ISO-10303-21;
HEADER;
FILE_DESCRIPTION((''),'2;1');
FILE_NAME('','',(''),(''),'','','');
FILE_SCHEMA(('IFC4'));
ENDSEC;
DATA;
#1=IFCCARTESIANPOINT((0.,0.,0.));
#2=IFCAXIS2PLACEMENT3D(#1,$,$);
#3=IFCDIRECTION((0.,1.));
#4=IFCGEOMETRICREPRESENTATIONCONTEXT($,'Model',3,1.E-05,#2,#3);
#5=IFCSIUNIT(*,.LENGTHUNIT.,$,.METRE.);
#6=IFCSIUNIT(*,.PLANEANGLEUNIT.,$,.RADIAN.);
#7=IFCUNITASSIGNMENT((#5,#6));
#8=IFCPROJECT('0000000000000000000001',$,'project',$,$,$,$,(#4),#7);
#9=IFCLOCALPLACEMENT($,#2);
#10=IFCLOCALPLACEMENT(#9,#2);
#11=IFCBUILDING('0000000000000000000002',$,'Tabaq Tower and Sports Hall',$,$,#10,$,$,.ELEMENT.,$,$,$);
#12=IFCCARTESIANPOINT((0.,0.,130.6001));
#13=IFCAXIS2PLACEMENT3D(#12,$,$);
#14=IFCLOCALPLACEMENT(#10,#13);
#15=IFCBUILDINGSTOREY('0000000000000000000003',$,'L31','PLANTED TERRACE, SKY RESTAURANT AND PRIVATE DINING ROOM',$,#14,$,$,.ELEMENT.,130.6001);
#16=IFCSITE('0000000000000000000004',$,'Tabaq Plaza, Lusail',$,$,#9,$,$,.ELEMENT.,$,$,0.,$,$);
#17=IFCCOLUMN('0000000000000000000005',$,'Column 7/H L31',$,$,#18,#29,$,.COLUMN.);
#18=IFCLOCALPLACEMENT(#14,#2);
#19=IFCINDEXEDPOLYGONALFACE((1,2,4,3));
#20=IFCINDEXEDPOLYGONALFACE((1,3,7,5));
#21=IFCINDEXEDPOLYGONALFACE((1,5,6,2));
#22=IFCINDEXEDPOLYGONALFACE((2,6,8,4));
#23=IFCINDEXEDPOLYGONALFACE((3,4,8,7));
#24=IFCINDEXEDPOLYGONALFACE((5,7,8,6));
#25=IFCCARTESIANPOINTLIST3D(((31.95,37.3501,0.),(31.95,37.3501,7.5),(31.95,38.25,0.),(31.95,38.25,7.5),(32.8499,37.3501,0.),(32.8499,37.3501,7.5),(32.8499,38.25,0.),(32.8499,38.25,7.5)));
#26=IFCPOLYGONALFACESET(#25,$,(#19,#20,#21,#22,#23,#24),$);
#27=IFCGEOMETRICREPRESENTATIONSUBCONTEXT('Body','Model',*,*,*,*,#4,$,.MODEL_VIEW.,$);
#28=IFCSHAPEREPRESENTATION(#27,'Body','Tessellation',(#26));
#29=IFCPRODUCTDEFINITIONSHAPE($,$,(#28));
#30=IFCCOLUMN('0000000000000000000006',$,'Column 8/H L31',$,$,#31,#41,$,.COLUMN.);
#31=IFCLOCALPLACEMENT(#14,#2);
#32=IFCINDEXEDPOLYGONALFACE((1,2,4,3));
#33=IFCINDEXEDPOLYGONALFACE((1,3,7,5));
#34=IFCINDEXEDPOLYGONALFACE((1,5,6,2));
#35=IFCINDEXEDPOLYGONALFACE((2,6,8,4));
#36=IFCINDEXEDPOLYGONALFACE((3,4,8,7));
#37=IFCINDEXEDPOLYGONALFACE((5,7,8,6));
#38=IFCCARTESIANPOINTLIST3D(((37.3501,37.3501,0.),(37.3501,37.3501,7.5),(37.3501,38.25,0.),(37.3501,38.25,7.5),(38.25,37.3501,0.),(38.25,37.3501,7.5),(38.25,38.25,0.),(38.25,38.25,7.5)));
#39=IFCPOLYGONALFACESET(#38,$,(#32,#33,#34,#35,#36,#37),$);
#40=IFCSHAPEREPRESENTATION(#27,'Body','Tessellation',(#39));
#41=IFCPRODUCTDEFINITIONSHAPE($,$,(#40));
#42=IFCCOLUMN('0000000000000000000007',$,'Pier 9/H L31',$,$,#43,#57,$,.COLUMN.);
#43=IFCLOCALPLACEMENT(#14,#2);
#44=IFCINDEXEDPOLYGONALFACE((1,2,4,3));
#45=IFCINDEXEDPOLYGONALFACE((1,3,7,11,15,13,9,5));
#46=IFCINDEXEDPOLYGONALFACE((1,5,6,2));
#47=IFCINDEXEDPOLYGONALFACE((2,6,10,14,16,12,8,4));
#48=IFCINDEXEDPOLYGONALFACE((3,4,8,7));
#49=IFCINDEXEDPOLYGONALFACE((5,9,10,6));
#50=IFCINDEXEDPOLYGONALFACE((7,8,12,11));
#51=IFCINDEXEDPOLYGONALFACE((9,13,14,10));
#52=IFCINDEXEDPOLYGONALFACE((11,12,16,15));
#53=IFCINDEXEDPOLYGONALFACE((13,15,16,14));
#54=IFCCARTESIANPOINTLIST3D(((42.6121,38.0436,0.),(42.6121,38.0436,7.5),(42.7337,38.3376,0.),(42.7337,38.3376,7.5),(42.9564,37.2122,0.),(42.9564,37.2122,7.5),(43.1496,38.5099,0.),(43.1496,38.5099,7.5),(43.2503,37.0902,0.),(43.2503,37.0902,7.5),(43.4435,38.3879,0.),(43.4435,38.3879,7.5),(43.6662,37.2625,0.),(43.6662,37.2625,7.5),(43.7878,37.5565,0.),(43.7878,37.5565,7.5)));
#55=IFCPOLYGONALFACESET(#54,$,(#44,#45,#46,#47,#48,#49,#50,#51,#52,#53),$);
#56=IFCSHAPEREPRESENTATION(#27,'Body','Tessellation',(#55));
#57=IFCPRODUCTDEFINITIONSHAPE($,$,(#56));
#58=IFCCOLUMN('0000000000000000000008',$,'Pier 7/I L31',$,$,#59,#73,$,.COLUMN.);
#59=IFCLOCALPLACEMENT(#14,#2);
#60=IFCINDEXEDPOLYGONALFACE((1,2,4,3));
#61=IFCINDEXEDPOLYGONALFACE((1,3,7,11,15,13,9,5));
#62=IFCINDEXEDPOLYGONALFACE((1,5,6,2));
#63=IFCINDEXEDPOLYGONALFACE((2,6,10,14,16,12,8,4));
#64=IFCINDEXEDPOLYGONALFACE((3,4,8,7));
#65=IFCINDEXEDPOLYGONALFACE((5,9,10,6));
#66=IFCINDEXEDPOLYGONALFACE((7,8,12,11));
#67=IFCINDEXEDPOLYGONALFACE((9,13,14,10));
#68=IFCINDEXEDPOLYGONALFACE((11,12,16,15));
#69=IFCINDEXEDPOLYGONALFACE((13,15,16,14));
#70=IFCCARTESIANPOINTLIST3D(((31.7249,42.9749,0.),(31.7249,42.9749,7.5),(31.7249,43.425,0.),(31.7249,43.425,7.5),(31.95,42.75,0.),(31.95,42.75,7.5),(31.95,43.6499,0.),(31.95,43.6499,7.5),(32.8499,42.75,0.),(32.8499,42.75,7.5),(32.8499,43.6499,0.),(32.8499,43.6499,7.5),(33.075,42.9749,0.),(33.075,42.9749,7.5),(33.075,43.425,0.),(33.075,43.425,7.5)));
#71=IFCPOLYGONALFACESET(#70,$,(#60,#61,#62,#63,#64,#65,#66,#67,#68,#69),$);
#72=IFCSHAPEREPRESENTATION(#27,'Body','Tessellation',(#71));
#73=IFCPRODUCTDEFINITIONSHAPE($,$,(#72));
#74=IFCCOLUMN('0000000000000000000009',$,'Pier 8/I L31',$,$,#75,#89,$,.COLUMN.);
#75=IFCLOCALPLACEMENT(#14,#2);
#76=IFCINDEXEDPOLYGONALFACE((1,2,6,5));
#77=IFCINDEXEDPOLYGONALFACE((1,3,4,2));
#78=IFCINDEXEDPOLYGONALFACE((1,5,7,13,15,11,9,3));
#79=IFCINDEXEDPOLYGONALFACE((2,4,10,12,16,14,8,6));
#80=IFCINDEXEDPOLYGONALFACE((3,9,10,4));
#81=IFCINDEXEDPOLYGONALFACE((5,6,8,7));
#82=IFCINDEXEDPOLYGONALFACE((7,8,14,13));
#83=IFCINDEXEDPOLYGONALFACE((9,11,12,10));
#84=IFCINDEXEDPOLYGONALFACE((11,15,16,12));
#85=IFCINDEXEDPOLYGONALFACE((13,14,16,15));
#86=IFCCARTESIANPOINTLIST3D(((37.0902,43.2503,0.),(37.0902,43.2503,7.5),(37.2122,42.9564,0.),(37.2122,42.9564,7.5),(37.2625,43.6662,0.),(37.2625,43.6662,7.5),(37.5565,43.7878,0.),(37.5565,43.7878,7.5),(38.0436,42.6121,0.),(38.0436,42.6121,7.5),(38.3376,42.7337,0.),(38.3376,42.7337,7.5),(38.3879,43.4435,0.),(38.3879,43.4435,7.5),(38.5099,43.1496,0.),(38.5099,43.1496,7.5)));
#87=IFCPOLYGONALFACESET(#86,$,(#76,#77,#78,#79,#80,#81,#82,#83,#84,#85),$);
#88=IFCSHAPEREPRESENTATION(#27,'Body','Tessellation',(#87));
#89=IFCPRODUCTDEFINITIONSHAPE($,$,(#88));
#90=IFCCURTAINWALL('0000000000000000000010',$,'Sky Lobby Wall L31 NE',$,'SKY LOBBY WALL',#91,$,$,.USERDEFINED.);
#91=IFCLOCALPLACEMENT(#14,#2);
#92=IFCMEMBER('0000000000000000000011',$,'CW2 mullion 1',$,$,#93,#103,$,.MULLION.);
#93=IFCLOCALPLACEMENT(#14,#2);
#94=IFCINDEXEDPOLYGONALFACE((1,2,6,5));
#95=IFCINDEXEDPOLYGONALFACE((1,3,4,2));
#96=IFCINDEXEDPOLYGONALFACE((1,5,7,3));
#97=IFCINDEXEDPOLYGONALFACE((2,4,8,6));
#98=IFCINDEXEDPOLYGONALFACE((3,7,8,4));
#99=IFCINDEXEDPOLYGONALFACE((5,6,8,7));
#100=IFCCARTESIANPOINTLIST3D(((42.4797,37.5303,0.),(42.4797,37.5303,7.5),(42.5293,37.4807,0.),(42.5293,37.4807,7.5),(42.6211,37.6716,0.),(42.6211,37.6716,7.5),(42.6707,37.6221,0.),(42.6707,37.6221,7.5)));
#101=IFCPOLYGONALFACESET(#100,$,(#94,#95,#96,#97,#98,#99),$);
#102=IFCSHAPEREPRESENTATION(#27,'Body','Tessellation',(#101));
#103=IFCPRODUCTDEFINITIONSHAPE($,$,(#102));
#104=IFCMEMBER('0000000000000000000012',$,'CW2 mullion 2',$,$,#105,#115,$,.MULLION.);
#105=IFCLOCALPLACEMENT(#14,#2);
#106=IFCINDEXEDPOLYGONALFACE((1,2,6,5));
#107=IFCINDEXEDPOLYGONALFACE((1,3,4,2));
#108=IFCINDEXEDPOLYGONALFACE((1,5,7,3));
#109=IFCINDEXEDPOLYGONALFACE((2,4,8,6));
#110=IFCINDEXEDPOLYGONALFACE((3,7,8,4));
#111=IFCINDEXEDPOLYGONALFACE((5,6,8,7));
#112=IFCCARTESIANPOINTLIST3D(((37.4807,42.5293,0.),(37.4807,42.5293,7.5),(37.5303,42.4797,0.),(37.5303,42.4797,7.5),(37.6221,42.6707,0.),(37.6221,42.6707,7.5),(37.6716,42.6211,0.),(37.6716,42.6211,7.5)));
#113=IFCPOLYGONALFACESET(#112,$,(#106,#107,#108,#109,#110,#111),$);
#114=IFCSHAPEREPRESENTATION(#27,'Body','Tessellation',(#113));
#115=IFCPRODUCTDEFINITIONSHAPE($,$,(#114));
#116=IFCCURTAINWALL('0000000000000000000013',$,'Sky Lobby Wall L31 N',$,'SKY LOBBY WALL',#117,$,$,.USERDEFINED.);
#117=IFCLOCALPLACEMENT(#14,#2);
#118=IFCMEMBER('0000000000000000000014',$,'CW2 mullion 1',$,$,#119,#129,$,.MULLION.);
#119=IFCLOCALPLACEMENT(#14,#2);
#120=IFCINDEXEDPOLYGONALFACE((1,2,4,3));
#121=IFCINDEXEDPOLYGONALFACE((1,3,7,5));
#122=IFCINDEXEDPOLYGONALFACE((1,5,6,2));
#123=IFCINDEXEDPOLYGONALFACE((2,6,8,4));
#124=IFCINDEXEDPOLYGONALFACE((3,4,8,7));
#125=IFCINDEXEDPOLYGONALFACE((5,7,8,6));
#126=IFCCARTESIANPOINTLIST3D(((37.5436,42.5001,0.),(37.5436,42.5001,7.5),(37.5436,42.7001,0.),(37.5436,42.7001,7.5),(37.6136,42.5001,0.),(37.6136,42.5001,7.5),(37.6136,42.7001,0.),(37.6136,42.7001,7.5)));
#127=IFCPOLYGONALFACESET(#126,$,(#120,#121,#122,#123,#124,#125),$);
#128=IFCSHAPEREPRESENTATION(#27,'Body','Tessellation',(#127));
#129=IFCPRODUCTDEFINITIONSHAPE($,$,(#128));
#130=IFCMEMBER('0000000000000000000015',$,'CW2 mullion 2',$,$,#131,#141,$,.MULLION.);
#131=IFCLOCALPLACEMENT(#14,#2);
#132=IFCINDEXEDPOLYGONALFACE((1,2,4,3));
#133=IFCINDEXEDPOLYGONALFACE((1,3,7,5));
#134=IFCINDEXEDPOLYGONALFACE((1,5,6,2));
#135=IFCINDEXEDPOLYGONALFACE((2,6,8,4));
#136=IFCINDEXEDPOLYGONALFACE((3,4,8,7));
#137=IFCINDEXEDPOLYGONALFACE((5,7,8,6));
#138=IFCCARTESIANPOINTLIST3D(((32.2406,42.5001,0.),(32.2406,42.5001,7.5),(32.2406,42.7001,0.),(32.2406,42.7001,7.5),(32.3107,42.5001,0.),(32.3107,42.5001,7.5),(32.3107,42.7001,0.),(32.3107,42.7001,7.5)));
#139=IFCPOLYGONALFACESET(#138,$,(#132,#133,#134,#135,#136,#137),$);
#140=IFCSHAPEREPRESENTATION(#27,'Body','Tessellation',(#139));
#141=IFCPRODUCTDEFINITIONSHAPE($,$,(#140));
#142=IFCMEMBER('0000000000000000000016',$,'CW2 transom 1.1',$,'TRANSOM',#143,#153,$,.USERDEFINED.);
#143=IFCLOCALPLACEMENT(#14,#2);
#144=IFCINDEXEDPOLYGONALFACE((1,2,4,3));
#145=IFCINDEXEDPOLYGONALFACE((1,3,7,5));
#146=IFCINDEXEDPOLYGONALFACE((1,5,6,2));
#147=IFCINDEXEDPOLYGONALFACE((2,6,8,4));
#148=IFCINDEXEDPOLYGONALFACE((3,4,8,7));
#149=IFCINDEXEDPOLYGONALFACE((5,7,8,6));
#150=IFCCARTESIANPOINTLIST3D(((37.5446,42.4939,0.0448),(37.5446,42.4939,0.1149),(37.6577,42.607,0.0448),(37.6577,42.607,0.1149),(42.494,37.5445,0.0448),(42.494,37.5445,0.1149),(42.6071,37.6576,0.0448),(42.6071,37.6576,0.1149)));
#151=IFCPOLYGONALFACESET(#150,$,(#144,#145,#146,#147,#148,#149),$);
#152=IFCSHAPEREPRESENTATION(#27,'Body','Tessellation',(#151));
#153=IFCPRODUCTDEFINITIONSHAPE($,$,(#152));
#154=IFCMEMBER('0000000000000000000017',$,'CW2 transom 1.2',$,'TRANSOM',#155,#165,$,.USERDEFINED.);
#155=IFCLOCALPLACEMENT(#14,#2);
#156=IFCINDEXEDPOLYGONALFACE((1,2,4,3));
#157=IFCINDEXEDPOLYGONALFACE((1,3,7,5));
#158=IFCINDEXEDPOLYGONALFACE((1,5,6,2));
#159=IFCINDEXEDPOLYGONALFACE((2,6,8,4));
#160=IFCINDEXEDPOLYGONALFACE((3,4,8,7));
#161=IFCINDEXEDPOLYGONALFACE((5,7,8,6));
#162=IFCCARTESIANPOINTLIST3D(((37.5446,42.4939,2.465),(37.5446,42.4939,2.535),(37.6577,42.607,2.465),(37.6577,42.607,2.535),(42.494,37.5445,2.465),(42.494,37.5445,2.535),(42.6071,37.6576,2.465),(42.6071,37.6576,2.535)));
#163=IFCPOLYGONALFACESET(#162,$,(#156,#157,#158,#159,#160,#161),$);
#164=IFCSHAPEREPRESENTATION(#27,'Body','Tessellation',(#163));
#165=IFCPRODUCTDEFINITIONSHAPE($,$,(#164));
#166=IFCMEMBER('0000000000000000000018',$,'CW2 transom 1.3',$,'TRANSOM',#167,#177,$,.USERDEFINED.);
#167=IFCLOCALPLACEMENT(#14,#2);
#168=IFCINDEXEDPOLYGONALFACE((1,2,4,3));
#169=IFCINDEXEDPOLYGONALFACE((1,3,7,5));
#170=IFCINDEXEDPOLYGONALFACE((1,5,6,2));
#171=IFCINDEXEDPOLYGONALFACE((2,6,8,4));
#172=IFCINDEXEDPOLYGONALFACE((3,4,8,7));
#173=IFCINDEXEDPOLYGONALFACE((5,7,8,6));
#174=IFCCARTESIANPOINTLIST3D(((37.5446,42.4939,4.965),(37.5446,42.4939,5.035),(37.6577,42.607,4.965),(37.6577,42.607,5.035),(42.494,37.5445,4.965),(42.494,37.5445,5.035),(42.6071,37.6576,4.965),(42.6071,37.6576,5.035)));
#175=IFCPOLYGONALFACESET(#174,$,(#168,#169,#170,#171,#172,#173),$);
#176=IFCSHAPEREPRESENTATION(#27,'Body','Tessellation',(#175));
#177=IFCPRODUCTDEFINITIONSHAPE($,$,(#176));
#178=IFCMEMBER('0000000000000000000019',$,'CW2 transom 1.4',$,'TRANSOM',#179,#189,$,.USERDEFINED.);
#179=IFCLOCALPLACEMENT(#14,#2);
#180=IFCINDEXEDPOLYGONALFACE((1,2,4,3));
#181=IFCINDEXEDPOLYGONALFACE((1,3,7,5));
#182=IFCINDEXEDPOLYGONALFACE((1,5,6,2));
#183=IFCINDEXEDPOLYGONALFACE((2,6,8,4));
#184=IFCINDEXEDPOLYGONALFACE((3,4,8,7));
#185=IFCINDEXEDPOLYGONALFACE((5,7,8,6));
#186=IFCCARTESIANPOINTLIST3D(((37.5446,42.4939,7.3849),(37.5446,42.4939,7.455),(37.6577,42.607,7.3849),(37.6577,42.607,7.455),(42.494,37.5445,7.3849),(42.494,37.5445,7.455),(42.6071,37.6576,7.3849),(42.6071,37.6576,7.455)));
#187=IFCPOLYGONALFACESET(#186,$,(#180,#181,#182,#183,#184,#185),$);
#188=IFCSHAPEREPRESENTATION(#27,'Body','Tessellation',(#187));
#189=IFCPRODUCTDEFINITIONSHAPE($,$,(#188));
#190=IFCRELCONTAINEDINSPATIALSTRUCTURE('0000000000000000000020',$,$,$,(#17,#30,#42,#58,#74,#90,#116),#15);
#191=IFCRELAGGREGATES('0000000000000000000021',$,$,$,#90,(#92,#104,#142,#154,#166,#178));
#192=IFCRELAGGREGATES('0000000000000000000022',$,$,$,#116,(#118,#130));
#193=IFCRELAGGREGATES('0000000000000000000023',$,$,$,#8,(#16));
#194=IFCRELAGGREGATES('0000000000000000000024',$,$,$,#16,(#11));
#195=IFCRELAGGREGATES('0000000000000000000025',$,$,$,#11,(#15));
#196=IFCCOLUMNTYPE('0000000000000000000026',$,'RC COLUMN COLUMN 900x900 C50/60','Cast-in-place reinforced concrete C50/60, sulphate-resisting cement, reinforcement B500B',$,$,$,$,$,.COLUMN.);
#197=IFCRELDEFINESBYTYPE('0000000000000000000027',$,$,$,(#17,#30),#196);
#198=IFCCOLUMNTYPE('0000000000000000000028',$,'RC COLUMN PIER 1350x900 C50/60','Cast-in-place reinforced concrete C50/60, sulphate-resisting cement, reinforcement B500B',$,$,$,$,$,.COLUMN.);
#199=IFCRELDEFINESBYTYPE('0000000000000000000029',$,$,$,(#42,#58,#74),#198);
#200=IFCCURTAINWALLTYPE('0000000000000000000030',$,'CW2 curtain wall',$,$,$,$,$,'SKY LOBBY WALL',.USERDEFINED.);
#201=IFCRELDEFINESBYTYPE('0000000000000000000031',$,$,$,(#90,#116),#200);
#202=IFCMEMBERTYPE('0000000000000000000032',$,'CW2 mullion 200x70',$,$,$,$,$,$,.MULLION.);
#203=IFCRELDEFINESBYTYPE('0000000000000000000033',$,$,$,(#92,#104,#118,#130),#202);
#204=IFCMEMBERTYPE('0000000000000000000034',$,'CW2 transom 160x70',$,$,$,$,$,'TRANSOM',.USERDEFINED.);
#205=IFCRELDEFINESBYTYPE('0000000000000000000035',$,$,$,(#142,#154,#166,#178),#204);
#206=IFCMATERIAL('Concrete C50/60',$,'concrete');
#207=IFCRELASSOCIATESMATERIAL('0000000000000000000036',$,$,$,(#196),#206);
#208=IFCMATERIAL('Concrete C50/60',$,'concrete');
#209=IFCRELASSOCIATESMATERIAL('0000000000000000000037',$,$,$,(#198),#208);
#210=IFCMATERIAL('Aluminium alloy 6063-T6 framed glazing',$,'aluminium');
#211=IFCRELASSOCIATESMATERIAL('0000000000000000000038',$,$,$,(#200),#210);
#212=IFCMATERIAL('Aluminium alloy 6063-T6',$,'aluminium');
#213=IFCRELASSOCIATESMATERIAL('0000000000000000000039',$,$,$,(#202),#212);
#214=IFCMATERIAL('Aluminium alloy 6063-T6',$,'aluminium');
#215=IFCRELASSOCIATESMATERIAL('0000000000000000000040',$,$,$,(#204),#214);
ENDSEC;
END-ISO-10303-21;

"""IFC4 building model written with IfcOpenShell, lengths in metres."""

from ifc_helpers import new_model, si_unit, direction, frame, origin, origin_2d, place, context, subcontext, project, spatial, polyline, rectangle, outline, extrude, material, material_profile, profile_set, type_object, element, aggregate, save


model = new_model("IFC4")

# Units and contexts
model_context = context("Model", 3, precision=1e-05, world=origin(), true_north=direction((0.0, 1.0)))
body_context = subcontext(model_context, "Body", "Model", "MODEL_VIEW")
ifc_project = project(units=[si_unit("LENGTHUNIT", "METRE"), si_unit("PLANEANGLEUNIT", "RADIAN")], contexts=[model_context])

# Site, building, storey
site_placement = place(None, origin())
site = spatial("IfcSite", under=ifc_project, at=site_placement, Name="Tabaq Plaza, Lusail", CompositionType="ELEMENT", RefElevation=0.0)
building_placement = place(site_placement, origin())
building = spatial("IfcBuilding", under=site, at=building_placement, Name="Tabaq Tower and Sports Hall", CompositionType="ELEMENT")
storey_placement = place(building_placement, frame((0.0, 0.0, 130.6001)))
storey = spatial("IfcBuildingStorey", under=building, at=storey_placement, Name="L31", Description="PLANTED TERRACE, SKY RESTAURANT AND PRIVATE DINING ROOM", CompositionType="ELEMENT", Elevation=130.6001)

# Columns
ifc_material_1 = material(Name="Concrete C50/60", Category="concrete")
ifc_material_profile_1 = material_profile(ifc_material_1, rectangle(XDim=0.8999, YDim=0.8999, at=origin_2d()), Name="COLUMN 900x900")
ifc_profile_set_1 = profile_set([ifc_material_profile_1], Name="Concrete C50/60")
column_type_1 = type_object("IfcColumnType", Name="RC COLUMN COLUMN 900x900 C50/60", Description="Cast-in-place reinforced concrete C50/60, sulphate-resisting cement, reinforcement B500B", PredefinedType="COLUMN", material=ifc_profile_set_1)
for number, where, z_axis, x_axis, name in (
    (1, (32.3999, 37.8, 0.0), (0.0, 0.0, 1.0), (1.0, 0.0, 0.0), "Column 7/H L31"),
    (2, (37.8, 37.8, 0.0), (0.0, 0.0, 1.0), (1.0, 0.0, 0.0), "Column 8/H L31"),
):
    element("IfcColumn", number, at=place(storey_placement, frame(where, z_axis=z_axis, x_axis=x_axis)), inside=storey, type_object=column_type_1, Name=name, PredefinedType="COLUMN", context=body_context, shape_type="SweptSolid", body=[
        extrude(rectangle(XDim=0.8999, YDim=0.8999, at=origin_2d()), origin(), (0.0, 0.0, 1.0), 7.5),
    ])
ifc_material_2 = material(Name="Concrete C50/60", Category="concrete")
ifc_material_profile_2 = material_profile(ifc_material_2, outline(polyline([(-0.45, -0.45), (0.45, -0.45), (0.675, -0.2251), (0.675, 0.2251), (0.45, 0.45), (-0.45, 0.45), (-0.675, 0.2251), (-0.675, -0.2251), (-0.45, -0.45)])), Name="PIER 1350x900")
ifc_profile_set_2 = profile_set([ifc_material_profile_2], Name="Concrete C50/60")
column_type_2 = type_object("IfcColumnType", Name="RC COLUMN PIER 1350x900 C50/60", Description="Cast-in-place reinforced concrete C50/60, sulphate-resisting cement, reinforcement B500B", PredefinedType="COLUMN", material=ifc_profile_set_2)
for number, where, z_axis, x_axis, name in (
    (3, (43.2, 37.8, 0.0), (0.0, 0.0, 1.0), (-0.382683, 0.92388, 0.0), "Pier 9/H L31"),
    (4, (32.3999, 43.2, 0.0), (0.0, 0.0, 1.0), (1.0, 0.0, 0.0), "Pier 7/I L31"),
    (5, (37.8, 43.2, 0.0), (0.0, 0.0, 1.0), (-0.92388, 0.382683, 0.0), "Pier 8/I L31"),
):
    element("IfcColumn", number, at=place(storey_placement, frame(where, z_axis=z_axis, x_axis=x_axis)), inside=storey, type_object=column_type_2, Name=name, PredefinedType="COLUMN", context=body_context, shape_type="SweptSolid", body=[
        extrude(outline(polyline([(-0.45, -0.45), (0.45, -0.45), (0.675, -0.2251), (0.675, 0.2251), (0.45, 0.45), (-0.45, 0.45), (-0.675, 0.2251), (-0.675, -0.2251), (-0.45, -0.45)])), origin(), (0.0, 0.0, 1.0), 7.5),
    ])

# Curtain walls, members
ifc_material_3 = material(Name="Aluminium alloy 6063-T6 framed glazing", Category="aluminium")
curtain_wall_type = type_object("IfcCurtainWallType", Name="CW2 curtain wall", ElementType="SKY LOBBY WALL", PredefinedType="USERDEFINED", material=ifc_material_3)
curtain_wall_1_placement = place(storey_placement, origin())
curtain_wall_1 = element("IfcCurtainWall", 6, at=curtain_wall_1_placement, inside=storey, type_object=curtain_wall_type, Name="Sky Lobby Wall L31 NE", ObjectType="SKY LOBBY WALL", PredefinedType="USERDEFINED")
ifc_material_4 = material(Name="Aluminium alloy 6063-T6", Category="aluminium")
ifc_material_profile_3 = material_profile(ifc_material_4, rectangle(XDim=0.2, YDim=0.0701, at=origin_2d()), Name="MULLION 200x70")
ifc_profile_set_3 = profile_set([ifc_material_profile_3], Name="Aluminium alloy 6063-T6")
member_type_1 = type_object("IfcMemberType", Name="CW2 mullion 200x70", PredefinedType="MULLION", material=ifc_profile_set_3)
member_1_placement = place(storey_placement, frame((42.5752, 37.5762, 0.0), z_axis=(0.0, 0.0, 1.0), x_axis=(-0.707107, -0.707107, 0.0)))
member_1 = element("IfcMember", 7, at=member_1_placement, type_object=member_type_1, Name="CW2 mullion 1", PredefinedType="MULLION", context=body_context, shape_type="SweptSolid", body=[
    extrude(rectangle(XDim=0.2, YDim=0.0701, at=origin_2d()), origin(), (0.0, 0.0, 1.0), 7.5),
])
member_2_placement = place(storey_placement, frame((37.5762, 42.5752, 0.0), z_axis=(0.0, 0.0, 1.0), x_axis=(-0.707107, -0.707107, 0.0)))
member_2 = element("IfcMember", 8, at=member_2_placement, type_object=member_type_1, Name="CW2 mullion 2", PredefinedType="MULLION", context=body_context, shape_type="SweptSolid", body=[
    extrude(rectangle(XDim=0.2, YDim=0.0701, at=origin_2d()), origin(), (0.0, 0.0, 1.0), 7.5),
])
curtain_wall_2_placement = place(storey_placement, origin())
curtain_wall_2 = element("IfcCurtainWall", 9, at=curtain_wall_2_placement, inside=storey, type_object=curtain_wall_type, Name="Sky Lobby Wall L31 N", ObjectType="SKY LOBBY WALL", PredefinedType="USERDEFINED")
member_3_placement = place(storey_placement, frame((37.5786, 42.6001, 0.0), z_axis=(0.0, 0.0, 1.0), x_axis=(0.0, -1.0, 0.0)))
member_3 = element("IfcMember", 10, at=member_3_placement, type_object=member_type_1, Name="CW2 mullion 1", PredefinedType="MULLION", context=body_context, shape_type="SweptSolid", body=[
    extrude(rectangle(XDim=0.2, YDim=0.0701, at=origin_2d()), origin(), (0.0, 0.0, 1.0), 7.5),
])
member_4_placement = place(storey_placement, frame((32.2756, 42.6001, 0.0), z_axis=(0.0, 0.0, 1.0), x_axis=(0.0, -1.0, 0.0)))
member_4 = element("IfcMember", 11, at=member_4_placement, type_object=member_type_1, Name="CW2 mullion 2", PredefinedType="MULLION", context=body_context, shape_type="SweptSolid", body=[
    extrude(rectangle(XDim=0.2, YDim=0.0701, at=origin_2d()), origin(), (0.0, 0.0, 1.0), 7.5),
])

# Members
ifc_material_5 = material(Name="Aluminium alloy 6063-T6", Category="aluminium")
ifc_material_profile_4 = material_profile(ifc_material_5, rectangle(XDim=0.1599, YDim=0.0701, at=origin_2d()), Name="TRANSOM 160x70")
ifc_profile_set_4 = profile_set([ifc_material_profile_4], Name="Aluminium alloy 6063-T6")
member_type_2 = type_object("IfcMemberType", Name="CW2 transom 160x70", ElementType="TRANSOM", PredefinedType="USERDEFINED", material=ifc_profile_set_4)
member_5_placement = place(storey_placement, frame((42.5505, 37.6011, 0.0798), z_axis=(-0.707107, 0.707107, 0.0), x_axis=(-0.707107, -0.707107, 0.0)))
member_5 = element("IfcMember", 12, at=member_5_placement, type_object=member_type_2, Name="CW2 transom 1.1", ObjectType="TRANSOM", PredefinedType="USERDEFINED", context=body_context, shape_type="SweptSolid", body=[
    extrude(rectangle(XDim=0.1599, YDim=0.0701, at=origin_2d()), origin(), (0.0, 0.0, 1.0), 6.9995),
])
member_6_placement = place(storey_placement, frame((42.5505, 37.6011, 2.5), z_axis=(-0.707107, 0.707107, 0.0), x_axis=(-0.707107, -0.707107, 0.0)))
member_6 = element("IfcMember", 13, at=member_6_placement, type_object=member_type_2, Name="CW2 transom 1.2", ObjectType="TRANSOM", PredefinedType="USERDEFINED", context=body_context, shape_type="SweptSolid", body=[
    extrude(rectangle(XDim=0.1599, YDim=0.0701, at=origin_2d()), origin(), (0.0, 0.0, 1.0), 6.9995),
])
member_7_placement = place(storey_placement, frame((42.5505, 37.6011, 5.0), z_axis=(-0.707107, 0.707107, 0.0), x_axis=(-0.707107, -0.707107, 0.0)))
member_7 = element("IfcMember", 14, at=member_7_placement, type_object=member_type_2, Name="CW2 transom 1.3", ObjectType="TRANSOM", PredefinedType="USERDEFINED", context=body_context, shape_type="SweptSolid", body=[
    extrude(rectangle(XDim=0.1599, YDim=0.0701, at=origin_2d()), origin(), (0.0, 0.0, 1.0), 6.9995),
])
member_8_placement = place(storey_placement, frame((42.5505, 37.6011, 7.4199), z_axis=(-0.707107, 0.707107, 0.0), x_axis=(-0.707107, -0.707107, 0.0)))
member_8 = element("IfcMember", 15, at=member_8_placement, type_object=member_type_2, Name="CW2 transom 1.4", ObjectType="TRANSOM", PredefinedType="USERDEFINED", context=body_context, shape_type="SweptSolid", body=[
    extrude(rectangle(XDim=0.1599, YDim=0.0701, at=origin_2d()), origin(), (0.0, 0.0, 1.0), 6.9995),
])

aggregate(curtain_wall_1, [member_1, member_2, member_5, member_6, member_7, member_8])
aggregate(curtain_wall_2, [member_3, member_4])

save(model, "model.ifc")
